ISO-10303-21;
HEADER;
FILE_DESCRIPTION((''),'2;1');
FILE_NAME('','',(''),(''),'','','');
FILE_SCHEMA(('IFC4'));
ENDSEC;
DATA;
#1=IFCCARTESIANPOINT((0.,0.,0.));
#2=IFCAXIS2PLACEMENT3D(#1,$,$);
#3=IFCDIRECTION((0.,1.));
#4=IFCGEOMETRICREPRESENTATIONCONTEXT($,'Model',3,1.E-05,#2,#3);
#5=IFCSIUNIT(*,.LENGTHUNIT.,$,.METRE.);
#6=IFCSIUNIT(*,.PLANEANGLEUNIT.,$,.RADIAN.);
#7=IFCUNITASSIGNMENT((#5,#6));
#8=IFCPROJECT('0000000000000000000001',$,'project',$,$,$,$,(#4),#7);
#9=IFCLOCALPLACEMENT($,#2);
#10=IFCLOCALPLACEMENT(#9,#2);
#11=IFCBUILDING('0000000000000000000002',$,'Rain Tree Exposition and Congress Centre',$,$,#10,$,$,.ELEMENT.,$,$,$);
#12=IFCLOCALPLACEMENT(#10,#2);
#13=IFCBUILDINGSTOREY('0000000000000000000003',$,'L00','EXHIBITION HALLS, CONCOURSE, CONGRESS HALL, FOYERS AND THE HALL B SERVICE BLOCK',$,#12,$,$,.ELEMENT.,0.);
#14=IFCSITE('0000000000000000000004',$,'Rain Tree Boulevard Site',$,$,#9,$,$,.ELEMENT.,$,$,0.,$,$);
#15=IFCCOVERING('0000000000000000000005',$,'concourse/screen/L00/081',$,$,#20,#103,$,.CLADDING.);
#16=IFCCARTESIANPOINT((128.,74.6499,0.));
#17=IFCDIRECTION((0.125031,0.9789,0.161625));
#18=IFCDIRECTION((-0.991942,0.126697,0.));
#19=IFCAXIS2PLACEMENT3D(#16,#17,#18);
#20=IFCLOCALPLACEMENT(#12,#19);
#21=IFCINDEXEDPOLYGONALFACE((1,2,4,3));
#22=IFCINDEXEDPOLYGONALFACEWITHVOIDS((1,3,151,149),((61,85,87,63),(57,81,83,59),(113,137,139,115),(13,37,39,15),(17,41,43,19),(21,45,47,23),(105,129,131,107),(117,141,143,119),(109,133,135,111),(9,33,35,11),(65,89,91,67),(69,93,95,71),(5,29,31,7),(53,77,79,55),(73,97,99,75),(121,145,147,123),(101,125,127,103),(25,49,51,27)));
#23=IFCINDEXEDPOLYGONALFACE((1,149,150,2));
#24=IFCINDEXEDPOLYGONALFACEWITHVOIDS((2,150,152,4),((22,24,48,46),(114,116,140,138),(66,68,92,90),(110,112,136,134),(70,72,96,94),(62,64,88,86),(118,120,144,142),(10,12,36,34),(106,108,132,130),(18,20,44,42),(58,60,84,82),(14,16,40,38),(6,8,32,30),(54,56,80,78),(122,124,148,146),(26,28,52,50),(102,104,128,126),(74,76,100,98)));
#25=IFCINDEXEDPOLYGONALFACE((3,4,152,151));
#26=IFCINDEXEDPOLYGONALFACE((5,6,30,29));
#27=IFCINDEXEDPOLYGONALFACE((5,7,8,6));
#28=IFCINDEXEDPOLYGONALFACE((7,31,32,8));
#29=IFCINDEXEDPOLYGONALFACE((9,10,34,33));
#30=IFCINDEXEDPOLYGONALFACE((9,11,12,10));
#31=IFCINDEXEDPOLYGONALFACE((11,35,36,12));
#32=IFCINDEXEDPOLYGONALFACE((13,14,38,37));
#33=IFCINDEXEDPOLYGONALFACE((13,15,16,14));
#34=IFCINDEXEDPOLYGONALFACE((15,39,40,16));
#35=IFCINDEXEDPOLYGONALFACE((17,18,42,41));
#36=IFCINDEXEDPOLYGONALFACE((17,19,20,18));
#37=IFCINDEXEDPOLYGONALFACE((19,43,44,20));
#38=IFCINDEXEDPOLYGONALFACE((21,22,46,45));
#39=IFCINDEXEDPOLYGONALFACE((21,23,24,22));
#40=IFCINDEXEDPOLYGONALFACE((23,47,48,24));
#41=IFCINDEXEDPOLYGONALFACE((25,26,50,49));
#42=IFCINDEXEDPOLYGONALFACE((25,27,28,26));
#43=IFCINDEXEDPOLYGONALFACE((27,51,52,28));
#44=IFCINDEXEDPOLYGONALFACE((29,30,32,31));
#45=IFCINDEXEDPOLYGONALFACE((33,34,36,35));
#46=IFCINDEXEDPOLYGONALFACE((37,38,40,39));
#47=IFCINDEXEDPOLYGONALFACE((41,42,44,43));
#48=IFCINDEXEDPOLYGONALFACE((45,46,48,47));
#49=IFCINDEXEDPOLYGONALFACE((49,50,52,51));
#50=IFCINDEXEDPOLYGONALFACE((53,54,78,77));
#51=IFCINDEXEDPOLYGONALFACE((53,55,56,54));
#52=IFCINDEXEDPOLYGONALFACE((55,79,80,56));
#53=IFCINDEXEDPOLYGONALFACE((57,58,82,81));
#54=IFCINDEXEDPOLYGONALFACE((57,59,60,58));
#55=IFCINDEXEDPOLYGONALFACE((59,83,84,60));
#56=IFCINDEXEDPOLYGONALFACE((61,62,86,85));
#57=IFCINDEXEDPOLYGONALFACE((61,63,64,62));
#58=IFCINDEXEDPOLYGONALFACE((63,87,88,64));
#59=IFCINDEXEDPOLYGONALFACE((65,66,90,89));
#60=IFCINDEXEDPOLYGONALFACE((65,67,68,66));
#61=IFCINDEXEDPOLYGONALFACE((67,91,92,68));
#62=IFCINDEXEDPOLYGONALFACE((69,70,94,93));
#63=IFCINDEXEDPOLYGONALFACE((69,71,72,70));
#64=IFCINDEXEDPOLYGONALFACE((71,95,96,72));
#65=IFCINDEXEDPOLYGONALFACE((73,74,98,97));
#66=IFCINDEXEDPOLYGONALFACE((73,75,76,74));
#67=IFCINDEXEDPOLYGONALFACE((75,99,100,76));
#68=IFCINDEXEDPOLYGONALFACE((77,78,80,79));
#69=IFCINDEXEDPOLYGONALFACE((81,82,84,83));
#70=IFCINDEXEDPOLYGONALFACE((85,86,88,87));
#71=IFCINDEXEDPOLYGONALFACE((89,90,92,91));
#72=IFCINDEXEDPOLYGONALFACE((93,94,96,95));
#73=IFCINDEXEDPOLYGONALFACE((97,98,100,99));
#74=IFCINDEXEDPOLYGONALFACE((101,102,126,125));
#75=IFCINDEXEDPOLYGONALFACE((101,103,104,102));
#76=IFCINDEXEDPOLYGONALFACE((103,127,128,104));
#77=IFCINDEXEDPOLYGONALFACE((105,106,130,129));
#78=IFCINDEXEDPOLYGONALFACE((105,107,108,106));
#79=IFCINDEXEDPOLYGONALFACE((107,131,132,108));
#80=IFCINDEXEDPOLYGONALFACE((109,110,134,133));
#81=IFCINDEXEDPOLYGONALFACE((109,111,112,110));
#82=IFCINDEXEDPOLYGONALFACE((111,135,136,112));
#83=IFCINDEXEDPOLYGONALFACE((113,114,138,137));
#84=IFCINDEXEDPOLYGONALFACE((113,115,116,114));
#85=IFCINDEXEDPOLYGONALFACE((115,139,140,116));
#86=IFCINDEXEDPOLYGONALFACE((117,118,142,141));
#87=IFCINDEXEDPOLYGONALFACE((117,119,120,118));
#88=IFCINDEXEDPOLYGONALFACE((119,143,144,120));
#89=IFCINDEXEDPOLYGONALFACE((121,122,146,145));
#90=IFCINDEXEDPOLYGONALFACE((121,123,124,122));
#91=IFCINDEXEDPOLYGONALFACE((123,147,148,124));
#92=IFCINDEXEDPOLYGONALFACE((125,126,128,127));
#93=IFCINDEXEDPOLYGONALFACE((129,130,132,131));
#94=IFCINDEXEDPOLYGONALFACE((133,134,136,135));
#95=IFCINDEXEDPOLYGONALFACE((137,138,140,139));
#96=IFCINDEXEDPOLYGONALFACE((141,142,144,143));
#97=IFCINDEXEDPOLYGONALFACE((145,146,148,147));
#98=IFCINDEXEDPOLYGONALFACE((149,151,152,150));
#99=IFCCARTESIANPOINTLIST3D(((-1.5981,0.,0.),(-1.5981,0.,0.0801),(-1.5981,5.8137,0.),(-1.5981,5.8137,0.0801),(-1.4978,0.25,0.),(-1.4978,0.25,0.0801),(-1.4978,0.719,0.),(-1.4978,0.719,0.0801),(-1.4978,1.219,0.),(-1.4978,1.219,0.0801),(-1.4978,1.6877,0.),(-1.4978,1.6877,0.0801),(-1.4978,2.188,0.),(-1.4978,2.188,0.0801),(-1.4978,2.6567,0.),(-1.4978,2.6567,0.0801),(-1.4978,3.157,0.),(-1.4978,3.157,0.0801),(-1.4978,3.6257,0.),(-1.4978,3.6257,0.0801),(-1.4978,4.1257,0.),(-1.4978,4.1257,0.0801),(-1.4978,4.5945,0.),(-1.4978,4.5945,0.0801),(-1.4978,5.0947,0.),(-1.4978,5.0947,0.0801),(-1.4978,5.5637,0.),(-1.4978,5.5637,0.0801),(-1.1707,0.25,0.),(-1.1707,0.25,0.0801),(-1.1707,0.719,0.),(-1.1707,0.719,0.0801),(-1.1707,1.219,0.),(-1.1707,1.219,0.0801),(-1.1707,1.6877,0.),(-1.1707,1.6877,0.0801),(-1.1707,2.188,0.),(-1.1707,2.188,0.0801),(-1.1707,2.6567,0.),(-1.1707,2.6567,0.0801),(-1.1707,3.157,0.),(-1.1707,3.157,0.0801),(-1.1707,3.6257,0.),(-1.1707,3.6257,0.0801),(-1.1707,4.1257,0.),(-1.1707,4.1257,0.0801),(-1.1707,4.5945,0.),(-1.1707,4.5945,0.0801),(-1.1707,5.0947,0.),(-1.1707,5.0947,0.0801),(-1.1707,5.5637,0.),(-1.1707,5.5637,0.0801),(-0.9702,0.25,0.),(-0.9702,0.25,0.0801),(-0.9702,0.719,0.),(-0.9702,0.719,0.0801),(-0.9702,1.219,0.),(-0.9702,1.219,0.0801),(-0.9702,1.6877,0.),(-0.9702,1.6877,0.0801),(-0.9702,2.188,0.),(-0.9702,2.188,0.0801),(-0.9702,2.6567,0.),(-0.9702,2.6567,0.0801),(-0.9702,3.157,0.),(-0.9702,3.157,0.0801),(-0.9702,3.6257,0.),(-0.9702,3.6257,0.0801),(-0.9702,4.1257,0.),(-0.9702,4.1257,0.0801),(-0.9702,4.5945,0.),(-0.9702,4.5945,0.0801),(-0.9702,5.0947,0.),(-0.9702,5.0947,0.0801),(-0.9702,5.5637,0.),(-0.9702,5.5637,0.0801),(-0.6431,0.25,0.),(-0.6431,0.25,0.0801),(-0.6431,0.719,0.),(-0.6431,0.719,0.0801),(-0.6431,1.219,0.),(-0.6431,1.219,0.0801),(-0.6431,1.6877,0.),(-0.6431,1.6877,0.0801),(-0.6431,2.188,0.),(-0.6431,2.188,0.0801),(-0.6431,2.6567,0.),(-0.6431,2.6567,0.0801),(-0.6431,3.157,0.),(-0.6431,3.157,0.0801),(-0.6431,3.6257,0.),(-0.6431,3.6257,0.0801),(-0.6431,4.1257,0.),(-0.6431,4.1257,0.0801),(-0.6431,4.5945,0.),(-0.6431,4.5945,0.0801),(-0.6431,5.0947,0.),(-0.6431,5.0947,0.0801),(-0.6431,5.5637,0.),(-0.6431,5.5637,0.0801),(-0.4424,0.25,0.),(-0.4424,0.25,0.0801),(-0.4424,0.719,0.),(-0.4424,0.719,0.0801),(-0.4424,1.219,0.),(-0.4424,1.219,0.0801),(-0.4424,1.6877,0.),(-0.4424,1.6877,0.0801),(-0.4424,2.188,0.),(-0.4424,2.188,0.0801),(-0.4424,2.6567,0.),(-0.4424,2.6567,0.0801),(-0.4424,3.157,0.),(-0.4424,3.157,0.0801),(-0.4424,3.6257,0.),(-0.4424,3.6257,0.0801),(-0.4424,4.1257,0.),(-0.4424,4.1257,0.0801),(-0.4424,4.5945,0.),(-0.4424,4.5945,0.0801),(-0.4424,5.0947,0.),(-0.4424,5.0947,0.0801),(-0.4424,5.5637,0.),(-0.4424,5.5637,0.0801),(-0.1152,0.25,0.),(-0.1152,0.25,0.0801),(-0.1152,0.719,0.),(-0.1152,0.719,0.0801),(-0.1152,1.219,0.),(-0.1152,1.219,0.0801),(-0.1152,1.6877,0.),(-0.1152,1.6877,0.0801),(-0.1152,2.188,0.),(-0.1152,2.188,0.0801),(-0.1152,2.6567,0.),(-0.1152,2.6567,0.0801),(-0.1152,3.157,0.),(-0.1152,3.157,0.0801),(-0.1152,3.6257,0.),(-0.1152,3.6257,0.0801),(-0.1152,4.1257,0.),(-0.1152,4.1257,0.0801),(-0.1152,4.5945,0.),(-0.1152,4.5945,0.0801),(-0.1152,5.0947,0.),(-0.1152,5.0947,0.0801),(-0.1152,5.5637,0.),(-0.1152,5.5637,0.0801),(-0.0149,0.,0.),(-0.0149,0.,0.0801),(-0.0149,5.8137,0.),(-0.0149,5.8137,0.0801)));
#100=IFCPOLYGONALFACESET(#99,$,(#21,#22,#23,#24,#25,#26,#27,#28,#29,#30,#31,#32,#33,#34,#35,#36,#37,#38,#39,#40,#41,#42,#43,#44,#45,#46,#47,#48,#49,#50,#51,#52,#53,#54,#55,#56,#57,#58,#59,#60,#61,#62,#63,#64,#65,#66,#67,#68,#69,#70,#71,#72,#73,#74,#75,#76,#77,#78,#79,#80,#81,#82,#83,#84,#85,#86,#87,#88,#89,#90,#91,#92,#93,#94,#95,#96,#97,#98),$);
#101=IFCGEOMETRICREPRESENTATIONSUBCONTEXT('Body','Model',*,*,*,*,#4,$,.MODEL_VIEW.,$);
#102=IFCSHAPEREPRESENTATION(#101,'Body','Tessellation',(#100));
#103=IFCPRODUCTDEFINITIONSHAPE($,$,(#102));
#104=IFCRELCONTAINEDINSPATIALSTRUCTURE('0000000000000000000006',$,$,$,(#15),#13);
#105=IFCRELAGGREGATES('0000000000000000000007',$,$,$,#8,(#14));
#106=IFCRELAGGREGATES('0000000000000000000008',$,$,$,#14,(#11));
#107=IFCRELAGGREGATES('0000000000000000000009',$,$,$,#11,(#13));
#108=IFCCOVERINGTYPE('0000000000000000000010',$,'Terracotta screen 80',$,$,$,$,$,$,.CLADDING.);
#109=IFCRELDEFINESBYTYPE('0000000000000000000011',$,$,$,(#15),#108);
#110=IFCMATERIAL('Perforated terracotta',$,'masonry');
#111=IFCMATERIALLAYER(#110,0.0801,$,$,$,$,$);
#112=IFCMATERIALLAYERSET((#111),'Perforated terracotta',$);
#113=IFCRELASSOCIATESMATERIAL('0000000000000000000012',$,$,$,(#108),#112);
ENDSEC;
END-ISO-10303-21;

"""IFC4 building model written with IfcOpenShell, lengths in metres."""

from ifc_helpers import new_model, si_unit, direction, frame, origin, place, context, subcontext, project, spatial, polyline, outline, extrude, material, layer, layer_set, type_object, element, save


model = new_model("IFC4")

# Units and contexts
model_context = context("Model", 3, precision=1e-05, world=origin(), true_north=direction((0.0, 1.0)))
body_context = subcontext(model_context, "Body", "Model", "MODEL_VIEW")
ifc_project = project(units=[si_unit("LENGTHUNIT", "METRE"), si_unit("PLANEANGLEUNIT", "RADIAN")], contexts=[model_context])

# Site, building, storey
site_placement = place(None, origin())
site = spatial("IfcSite", under=ifc_project, at=site_placement, Name="Rain Tree Boulevard Site", CompositionType="ELEMENT", RefElevation=0.0)
building_placement = place(site_placement, origin())
building = spatial("IfcBuilding", under=site, at=building_placement, Name="Rain Tree Exposition and Congress Centre", CompositionType="ELEMENT")
storey_placement = place(building_placement, origin())
storey = spatial("IfcBuildingStorey", under=building, at=storey_placement, Name="L00", Description="EXHIBITION HALLS, CONCOURSE, CONGRESS HALL, FOYERS AND THE HALL B SERVICE BLOCK", CompositionType="ELEMENT", Elevation=0.0)

# Covering
ifc_material_1 = material(Name="Perforated terracotta", Category="masonry")
ifc_layer_1 = layer(ifc_material_1, 0.0801)
ifc_layer_set_1 = layer_set([ifc_layer_1], Name="Perforated terracotta")
covering_type = type_object("IfcCoveringType", Name="Terracotta screen 80", PredefinedType="CLADDING", material=ifc_layer_set_1)
covering_1_placement = place(storey_placement, frame((128.0, 74.6499, 0.0), z_axis=(0.125031, 0.9789, 0.161625), x_axis=(-0.991942, 0.126697, 0.0)))
element("IfcCovering", 1, at=covering_1_placement, inside=storey, type_object=covering_type, Name="concourse/screen/L00/081", PredefinedType="CLADDING", context=body_context, shape_type="SweptSolid", body=[
    extrude(outline(polyline([(-0.0149, 0.0), (-1.5981, 0.0), (-1.5981, 5.8137), (-0.0149, 5.8137), (-0.0149, 0.0)]), holes=[polyline([(-0.1152, 0.25), (-0.1152, 0.719), (-0.4424, 0.719), (-0.4424, 0.25), (-0.1152, 0.25)]), polyline([(-0.1152, 1.219), (-0.1152, 1.6877), (-0.4424, 1.6877), (-0.4424, 1.219), (-0.1152, 1.219)]), polyline([(-0.1152, 2.188), (-0.1152, 2.6567), (-0.4424, 2.6567), (-0.4424, 2.188), (-0.1152, 2.188)]), polyline([(-0.1152, 3.157), (-0.1152, 3.6257), (-0.4424, 3.6257), (-0.4424, 3.157), (-0.1152, 3.157)]), polyline([(-0.1152, 4.1257), (-0.1152, 4.5945), (-0.4424, 4.5945), (-0.4424, 4.1257), (-0.1152, 4.1257)]), polyline([(-0.1152, 5.0947), (-0.1152, 5.5637), (-0.4424, 5.5637), (-0.4424, 5.0947), (-0.1152, 5.0947)]), polyline([(-0.6431, 0.25), (-0.6431, 0.719), (-0.9702, 0.719), (-0.9702, 0.25), (-0.6431, 0.25)]), polyline([(-0.6431, 1.219), (-0.6431, 1.6877), (-0.9702, 1.6877), (-0.9702, 1.219), (-0.6431, 1.219)]), polyline([(-0.6431, 2.188), (-0.6431, 2.6567), (-0.9702, 2.6567), (-0.9702, 2.188), (-0.6431, 2.188)]), polyline([(-0.6431, 3.157), (-0.6431, 3.6257), (-0.9702, 3.6257), (-0.9702, 3.157), (-0.6431, 3.157)]), polyline([(-0.6431, 4.1257), (-0.6431, 4.5945), (-0.9702, 4.5945), (-0.9702, 4.1257), (-0.6431, 4.1257)]), polyline([(-0.6431, 5.0947), (-0.6431, 5.5637), (-0.9702, 5.5637), (-0.9702, 5.0947), (-0.6431, 5.0947)]), polyline([(-1.1707, 0.25), (-1.1707, 0.719), (-1.4978, 0.719), (-1.4978, 0.25), (-1.1707, 0.25)]), polyline([(-1.1707, 1.219), (-1.1707, 1.6877), (-1.4978, 1.6877), (-1.4978, 1.219), (-1.1707, 1.219)]), polyline([(-1.1707, 2.188), (-1.1707, 2.6567), (-1.4978, 2.6567), (-1.4978, 2.188), (-1.1707, 2.188)]), polyline([(-1.1707, 3.157), (-1.1707, 3.6257), (-1.4978, 3.6257), (-1.4978, 3.157), (-1.1707, 3.157)]), polyline([(-1.1707, 4.1257), (-1.1707, 4.5945), (-1.4978, 4.5945), (-1.4978, 4.1257), (-1.1707, 4.1257)]), polyline([(-1.1707, 5.0947), (-1.1707, 5.5637), (-1.4978, 5.5637), (-1.4978, 5.0947), (-1.1707, 5.0947)])]), origin(), (0.0, 0.0, 1.0), 0.0801),
])

save(model, "model.ifc")
